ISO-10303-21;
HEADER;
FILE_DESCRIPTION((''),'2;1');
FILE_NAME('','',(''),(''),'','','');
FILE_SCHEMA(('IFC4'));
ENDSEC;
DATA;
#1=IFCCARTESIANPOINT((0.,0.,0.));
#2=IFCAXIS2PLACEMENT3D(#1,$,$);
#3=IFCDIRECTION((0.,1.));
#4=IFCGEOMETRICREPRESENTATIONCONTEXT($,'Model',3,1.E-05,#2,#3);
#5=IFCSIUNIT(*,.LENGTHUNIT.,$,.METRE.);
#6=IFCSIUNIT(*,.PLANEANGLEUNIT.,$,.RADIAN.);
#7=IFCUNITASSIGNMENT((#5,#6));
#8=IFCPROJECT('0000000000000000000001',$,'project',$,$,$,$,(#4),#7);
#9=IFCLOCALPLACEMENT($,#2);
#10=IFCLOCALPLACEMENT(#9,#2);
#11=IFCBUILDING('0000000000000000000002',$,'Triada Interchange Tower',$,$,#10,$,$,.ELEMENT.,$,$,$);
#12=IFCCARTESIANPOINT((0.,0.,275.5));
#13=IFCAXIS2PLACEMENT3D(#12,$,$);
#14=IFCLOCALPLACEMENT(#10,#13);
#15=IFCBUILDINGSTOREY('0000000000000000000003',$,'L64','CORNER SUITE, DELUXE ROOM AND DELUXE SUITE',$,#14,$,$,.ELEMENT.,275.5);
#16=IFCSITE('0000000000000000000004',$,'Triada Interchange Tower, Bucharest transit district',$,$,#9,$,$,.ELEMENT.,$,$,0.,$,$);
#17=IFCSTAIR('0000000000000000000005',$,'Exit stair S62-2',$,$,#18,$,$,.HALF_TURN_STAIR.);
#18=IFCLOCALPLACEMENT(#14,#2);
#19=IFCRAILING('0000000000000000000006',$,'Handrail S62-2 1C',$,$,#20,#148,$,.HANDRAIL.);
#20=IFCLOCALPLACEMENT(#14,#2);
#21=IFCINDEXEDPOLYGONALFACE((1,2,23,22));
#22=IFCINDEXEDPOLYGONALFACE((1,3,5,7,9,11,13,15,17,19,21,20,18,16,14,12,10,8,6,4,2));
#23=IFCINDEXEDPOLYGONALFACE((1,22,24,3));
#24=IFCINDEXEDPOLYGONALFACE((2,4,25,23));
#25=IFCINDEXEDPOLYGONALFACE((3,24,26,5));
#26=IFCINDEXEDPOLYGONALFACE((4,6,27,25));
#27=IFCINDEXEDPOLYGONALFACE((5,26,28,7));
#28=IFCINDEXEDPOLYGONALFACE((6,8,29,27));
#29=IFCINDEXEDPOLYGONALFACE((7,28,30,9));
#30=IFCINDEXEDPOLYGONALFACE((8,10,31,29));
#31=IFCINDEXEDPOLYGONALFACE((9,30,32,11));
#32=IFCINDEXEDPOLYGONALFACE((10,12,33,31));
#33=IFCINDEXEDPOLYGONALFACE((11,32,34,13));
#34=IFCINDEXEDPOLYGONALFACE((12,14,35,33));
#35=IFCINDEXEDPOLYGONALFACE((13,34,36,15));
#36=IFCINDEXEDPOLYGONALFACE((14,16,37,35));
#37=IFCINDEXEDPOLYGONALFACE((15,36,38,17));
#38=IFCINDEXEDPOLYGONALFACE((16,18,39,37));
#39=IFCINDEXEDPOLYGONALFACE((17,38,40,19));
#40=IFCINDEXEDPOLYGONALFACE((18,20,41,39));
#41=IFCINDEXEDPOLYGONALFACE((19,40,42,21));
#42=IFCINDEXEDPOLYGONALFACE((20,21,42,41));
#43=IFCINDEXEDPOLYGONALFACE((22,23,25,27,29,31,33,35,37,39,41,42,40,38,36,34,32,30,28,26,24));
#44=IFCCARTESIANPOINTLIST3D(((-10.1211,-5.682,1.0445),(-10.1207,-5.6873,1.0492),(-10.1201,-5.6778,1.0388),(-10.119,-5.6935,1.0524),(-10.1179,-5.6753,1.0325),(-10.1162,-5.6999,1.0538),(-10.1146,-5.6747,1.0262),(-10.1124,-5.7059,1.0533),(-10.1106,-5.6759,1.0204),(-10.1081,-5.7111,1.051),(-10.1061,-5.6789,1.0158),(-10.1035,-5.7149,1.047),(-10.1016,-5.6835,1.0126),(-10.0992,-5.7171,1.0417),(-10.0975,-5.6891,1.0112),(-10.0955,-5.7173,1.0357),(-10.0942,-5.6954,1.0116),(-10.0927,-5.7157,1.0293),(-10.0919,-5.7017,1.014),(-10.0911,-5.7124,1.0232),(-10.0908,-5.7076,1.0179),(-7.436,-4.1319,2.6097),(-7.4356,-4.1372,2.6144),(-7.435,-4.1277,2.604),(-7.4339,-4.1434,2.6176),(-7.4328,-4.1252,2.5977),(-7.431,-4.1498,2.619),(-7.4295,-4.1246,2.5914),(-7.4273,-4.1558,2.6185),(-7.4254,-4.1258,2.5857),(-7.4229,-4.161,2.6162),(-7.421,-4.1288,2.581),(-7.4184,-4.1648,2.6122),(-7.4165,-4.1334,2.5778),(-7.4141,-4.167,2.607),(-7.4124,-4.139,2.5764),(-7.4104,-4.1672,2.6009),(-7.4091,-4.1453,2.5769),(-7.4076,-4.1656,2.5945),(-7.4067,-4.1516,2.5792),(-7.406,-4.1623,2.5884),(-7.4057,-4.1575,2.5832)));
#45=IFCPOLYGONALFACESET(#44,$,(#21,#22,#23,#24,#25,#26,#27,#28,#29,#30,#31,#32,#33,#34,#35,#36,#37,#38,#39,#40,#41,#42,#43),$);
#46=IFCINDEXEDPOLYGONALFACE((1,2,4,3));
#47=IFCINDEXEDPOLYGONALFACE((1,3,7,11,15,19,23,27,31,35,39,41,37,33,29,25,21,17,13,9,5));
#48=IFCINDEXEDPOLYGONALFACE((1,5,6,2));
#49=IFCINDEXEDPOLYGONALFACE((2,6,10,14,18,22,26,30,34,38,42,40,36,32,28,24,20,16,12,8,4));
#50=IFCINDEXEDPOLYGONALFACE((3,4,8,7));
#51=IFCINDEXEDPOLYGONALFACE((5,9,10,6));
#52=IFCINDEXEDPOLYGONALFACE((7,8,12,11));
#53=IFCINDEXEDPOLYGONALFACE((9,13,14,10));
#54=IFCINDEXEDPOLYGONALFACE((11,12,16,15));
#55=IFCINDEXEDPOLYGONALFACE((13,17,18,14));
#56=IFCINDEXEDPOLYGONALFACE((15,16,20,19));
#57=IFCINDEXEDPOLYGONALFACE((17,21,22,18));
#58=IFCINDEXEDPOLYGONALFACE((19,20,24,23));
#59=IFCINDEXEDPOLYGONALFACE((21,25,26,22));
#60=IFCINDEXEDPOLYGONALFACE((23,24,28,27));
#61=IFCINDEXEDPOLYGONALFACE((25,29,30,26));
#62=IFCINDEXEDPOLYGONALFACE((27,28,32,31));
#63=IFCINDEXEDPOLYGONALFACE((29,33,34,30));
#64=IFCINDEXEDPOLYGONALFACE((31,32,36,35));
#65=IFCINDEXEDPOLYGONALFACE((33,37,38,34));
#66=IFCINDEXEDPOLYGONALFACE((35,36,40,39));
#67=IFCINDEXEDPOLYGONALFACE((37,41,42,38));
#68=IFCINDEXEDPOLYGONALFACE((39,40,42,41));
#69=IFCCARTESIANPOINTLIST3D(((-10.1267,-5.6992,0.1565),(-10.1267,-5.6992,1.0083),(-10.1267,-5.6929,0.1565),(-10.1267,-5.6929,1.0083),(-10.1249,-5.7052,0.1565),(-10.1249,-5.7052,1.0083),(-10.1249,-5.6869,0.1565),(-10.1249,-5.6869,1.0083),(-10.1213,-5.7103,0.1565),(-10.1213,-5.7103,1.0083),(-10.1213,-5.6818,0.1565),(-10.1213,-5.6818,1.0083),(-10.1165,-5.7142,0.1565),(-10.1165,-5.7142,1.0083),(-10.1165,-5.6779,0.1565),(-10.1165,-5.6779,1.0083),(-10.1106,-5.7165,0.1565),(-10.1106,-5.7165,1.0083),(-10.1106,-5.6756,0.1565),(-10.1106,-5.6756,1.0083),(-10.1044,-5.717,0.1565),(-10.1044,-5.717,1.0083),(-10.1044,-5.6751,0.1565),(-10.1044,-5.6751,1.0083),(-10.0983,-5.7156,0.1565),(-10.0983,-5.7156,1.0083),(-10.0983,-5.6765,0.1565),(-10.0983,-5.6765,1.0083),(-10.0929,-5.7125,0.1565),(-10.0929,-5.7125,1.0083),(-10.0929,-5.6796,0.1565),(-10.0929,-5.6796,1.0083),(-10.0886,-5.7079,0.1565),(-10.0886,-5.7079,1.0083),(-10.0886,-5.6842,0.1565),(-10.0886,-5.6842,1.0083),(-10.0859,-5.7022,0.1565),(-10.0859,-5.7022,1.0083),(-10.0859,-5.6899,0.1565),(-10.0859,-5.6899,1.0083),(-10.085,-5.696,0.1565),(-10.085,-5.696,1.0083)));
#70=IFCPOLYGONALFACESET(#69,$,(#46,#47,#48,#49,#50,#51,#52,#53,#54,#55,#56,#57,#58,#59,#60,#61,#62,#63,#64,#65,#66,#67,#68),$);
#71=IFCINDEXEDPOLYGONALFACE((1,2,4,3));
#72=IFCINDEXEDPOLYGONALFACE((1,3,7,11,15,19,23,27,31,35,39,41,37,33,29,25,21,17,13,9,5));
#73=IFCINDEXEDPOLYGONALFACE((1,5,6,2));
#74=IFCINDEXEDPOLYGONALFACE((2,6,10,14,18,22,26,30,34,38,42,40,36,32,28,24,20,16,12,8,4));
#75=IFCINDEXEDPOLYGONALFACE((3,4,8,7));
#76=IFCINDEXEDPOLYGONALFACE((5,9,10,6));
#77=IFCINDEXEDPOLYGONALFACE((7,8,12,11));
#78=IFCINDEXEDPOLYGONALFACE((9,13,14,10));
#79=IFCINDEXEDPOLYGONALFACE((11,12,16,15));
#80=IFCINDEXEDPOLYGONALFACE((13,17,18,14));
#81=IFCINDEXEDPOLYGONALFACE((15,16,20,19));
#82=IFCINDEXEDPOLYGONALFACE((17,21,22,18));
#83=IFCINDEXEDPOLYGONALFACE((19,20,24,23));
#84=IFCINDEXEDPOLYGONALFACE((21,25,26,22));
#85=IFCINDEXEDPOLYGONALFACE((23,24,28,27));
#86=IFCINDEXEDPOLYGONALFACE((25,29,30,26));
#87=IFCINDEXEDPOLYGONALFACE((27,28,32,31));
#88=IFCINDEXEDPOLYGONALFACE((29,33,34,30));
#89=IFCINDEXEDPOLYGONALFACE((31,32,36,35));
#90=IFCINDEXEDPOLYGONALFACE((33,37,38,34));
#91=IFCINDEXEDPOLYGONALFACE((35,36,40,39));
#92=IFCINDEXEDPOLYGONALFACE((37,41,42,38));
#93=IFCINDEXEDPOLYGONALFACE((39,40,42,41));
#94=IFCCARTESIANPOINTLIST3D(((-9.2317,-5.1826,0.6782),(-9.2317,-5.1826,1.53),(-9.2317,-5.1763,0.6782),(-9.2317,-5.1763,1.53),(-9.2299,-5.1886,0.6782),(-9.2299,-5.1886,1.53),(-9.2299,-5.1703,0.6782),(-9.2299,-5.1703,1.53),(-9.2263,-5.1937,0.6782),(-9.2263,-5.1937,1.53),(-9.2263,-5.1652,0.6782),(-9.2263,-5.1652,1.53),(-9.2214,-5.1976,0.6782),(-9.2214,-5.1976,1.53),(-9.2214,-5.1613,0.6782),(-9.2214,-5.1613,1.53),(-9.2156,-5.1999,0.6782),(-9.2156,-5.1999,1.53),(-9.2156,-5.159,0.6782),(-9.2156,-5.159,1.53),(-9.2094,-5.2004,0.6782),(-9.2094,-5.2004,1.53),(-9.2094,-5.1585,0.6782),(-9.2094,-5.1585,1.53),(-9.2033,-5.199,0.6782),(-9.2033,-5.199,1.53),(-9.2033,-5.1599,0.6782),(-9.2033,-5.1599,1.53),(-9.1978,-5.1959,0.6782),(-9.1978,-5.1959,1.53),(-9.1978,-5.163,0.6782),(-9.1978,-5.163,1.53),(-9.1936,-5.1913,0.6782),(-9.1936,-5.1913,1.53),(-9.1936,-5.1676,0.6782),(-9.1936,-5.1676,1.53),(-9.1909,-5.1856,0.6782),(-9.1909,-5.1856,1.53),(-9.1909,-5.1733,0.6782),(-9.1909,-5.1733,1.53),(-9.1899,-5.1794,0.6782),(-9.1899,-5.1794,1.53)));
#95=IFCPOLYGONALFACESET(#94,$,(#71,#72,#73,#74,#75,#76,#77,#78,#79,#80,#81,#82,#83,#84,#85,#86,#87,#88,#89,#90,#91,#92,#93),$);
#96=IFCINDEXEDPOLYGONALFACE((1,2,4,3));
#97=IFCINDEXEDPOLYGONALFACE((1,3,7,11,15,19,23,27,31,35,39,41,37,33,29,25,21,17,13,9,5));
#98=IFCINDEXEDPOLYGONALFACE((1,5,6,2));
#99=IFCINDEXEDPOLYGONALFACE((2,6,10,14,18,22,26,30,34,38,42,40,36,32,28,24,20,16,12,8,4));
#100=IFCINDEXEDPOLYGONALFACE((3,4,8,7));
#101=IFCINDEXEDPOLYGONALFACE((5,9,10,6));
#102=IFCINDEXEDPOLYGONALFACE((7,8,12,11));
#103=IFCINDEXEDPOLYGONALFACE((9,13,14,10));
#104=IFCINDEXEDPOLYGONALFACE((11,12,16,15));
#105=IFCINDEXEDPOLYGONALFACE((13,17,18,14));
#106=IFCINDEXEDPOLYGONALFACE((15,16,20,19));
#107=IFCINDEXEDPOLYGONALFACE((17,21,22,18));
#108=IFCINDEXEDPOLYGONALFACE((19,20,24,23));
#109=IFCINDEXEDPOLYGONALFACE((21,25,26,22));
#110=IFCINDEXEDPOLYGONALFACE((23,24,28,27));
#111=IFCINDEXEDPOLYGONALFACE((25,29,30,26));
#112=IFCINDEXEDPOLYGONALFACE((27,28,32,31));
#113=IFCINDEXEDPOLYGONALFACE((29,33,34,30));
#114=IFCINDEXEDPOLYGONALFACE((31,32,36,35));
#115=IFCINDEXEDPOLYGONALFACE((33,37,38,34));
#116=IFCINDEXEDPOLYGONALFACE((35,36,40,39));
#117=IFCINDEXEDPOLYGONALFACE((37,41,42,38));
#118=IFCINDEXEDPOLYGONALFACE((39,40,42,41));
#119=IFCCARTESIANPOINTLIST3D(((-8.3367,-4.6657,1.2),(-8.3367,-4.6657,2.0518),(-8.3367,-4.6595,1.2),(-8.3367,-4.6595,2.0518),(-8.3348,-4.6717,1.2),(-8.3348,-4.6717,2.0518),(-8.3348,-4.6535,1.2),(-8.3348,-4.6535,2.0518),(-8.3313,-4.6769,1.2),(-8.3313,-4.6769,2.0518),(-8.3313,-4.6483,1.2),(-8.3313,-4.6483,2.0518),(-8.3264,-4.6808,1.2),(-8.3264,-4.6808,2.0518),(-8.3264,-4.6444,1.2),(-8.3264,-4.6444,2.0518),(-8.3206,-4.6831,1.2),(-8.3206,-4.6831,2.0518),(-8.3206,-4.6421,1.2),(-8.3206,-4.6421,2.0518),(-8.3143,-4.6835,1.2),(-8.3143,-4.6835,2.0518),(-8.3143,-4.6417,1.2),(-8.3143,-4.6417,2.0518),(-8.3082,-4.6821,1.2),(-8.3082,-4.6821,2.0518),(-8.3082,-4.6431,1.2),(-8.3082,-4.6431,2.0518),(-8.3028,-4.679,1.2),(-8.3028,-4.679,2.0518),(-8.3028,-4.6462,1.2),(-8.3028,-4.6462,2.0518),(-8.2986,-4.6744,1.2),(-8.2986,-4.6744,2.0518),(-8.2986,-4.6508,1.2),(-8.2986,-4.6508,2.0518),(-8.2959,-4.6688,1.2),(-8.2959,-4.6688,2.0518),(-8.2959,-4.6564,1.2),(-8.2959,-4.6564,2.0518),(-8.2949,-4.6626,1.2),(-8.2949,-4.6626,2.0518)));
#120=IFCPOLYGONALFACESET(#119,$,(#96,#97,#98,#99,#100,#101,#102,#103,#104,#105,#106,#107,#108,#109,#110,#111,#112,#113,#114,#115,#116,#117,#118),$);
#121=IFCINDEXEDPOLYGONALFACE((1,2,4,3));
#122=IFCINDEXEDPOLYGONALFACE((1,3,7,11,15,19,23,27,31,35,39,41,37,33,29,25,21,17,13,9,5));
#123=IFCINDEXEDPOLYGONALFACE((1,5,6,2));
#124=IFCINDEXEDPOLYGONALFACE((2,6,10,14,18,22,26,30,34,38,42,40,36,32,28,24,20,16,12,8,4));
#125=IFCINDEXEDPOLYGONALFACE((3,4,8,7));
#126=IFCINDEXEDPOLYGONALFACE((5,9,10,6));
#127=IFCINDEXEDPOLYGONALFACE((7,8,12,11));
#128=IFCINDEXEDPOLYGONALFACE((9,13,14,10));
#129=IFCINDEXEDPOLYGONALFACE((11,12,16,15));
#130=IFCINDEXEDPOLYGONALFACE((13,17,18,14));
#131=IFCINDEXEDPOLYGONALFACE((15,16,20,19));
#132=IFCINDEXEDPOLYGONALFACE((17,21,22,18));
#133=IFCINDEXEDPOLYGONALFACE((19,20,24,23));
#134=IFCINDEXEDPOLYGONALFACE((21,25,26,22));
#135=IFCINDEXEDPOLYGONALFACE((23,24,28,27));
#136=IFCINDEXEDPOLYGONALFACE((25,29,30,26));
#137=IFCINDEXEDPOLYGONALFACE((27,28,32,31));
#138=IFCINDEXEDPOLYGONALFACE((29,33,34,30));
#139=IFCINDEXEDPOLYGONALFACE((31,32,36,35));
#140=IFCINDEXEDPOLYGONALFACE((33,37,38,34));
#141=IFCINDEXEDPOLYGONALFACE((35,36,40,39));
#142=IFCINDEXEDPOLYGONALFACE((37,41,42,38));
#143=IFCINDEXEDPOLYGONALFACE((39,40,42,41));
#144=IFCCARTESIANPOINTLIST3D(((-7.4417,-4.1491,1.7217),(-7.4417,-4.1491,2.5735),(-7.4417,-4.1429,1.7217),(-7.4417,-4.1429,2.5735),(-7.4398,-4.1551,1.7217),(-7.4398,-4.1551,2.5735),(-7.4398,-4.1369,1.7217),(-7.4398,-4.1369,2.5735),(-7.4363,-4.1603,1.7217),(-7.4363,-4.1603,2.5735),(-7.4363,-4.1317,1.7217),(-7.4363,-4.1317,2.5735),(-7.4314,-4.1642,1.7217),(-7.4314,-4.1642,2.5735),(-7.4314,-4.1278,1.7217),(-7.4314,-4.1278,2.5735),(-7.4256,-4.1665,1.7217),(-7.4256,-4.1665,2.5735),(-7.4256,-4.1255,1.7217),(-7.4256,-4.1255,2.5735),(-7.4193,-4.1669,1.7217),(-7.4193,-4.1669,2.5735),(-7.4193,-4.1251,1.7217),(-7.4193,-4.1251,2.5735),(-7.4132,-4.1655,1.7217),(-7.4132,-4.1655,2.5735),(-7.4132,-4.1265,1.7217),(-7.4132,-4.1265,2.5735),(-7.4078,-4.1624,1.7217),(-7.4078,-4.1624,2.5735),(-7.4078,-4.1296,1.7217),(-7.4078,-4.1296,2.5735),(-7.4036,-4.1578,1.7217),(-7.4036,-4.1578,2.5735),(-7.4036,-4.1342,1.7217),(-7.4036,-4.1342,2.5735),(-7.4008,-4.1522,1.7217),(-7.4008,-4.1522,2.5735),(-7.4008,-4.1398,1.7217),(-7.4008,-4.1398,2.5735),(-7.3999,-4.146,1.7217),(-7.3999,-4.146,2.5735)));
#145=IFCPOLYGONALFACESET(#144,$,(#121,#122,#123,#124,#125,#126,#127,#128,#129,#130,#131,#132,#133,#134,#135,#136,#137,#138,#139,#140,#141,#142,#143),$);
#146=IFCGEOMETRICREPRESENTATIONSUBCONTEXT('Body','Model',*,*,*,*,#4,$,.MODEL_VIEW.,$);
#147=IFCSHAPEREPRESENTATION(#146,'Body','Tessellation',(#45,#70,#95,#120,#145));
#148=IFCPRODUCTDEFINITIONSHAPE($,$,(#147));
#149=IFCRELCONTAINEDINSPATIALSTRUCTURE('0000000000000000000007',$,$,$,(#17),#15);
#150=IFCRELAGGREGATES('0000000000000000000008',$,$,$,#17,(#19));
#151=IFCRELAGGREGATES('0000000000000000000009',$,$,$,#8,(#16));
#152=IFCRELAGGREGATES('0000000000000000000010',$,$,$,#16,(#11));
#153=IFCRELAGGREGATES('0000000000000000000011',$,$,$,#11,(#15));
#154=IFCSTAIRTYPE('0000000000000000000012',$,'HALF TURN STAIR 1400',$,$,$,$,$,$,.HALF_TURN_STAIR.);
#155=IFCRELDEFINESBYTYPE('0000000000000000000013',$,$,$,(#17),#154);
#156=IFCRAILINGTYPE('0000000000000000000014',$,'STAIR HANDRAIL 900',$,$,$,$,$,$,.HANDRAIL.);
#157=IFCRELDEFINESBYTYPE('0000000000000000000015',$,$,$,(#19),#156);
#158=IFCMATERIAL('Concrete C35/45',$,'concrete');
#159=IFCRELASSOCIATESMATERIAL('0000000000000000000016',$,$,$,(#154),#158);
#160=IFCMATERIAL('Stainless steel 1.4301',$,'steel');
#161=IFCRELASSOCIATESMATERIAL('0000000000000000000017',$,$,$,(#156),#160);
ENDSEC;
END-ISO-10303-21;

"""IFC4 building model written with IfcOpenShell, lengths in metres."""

from ifc_helpers import new_model, si_unit, direction, frame, origin, origin_2d, place, context, subcontext, project, spatial, circle, extrude, material, type_object, element, aggregate, save


model = new_model("IFC4")

# Units and contexts
model_context = context("Model", 3, precision=1e-05, world=origin(), true_north=direction((0.0, 1.0)))
body_context = subcontext(model_context, "Body", "Model", "MODEL_VIEW")
ifc_project = project(units=[si_unit("LENGTHUNIT", "METRE"), si_unit("PLANEANGLEUNIT", "RADIAN")], contexts=[model_context])

# Site, building, storey
site_placement = place(None, origin())
site = spatial("IfcSite", under=ifc_project, at=site_placement, Name="Triada Interchange Tower, Bucharest transit district", CompositionType="ELEMENT", RefElevation=0.0)
building_placement = place(site_placement, origin())
building = spatial("IfcBuilding", under=site, at=building_placement, Name="Triada Interchange Tower", CompositionType="ELEMENT")
storey_placement = place(building_placement, frame((0.0, 0.0, 275.5)))
storey = spatial("IfcBuildingStorey", under=building, at=storey_placement, Name="L64", Description="CORNER SUITE, DELUXE ROOM AND DELUXE SUITE", CompositionType="ELEMENT", Elevation=275.5)

# Stair, railing
ifc_material_1 = material(Name="Concrete C35/45", Category="concrete")
stair_type = type_object("IfcStairType", Name="HALF TURN STAIR 1400", PredefinedType="HALF_TURN_STAIR", material=ifc_material_1)
stair_placement = place(storey_placement, origin())
stair = element("IfcStair", 1, at=stair_placement, inside=storey, type_object=stair_type, Name="Exit stair S62-2", PredefinedType="HALF_TURN_STAIR")
ifc_material_2 = material(Name="Stainless steel 1.4301", Category="steel")
railing_type = type_object("IfcRailingType", Name="STAIR HANDRAIL 900", PredefinedType="HANDRAIL", material=ifc_material_2)
railing_1_placement = place(storey_placement, frame((-10.106, -5.696, 0.1565)))
railing_1 = element("IfcRailing", 2, at=railing_1_placement, type_object=railing_type, Name="Handrail S62-2 1C", PredefinedType="HANDRAIL", context=body_context, shape_type="SweptSolid", body=[
    extrude(circle(Radius=0.0239, at=origin_2d()), frame((0.0, 0.0, 0.876), z_axis=(0.773115, 0.446309, 0.450667), x_axis=(-0.499959, 0.866049, 0.0)), (0.0, 0.0, 1.0), 3.4731),
    extrude(circle(Radius=0.021, at=origin_2d()), origin(), (0.0, 0.0, 1.0), 0.8518),
    extrude(circle(Radius=0.021, at=origin_2d()), frame((0.895, 0.5166, 0.5217)), (0.0, 0.0, 1.0), 0.8518),
    extrude(circle(Radius=0.021, at=origin_2d()), frame((1.79, 1.0334, 1.0435)), (0.0, 0.0, 1.0), 0.8518),
    extrude(circle(Radius=0.021, at=origin_2d()), frame((2.6851, 1.55, 1.5652)), (0.0, 0.0, 1.0), 0.8518),
])
aggregate(stair, [railing_1])

save(model, "model.ifc")
